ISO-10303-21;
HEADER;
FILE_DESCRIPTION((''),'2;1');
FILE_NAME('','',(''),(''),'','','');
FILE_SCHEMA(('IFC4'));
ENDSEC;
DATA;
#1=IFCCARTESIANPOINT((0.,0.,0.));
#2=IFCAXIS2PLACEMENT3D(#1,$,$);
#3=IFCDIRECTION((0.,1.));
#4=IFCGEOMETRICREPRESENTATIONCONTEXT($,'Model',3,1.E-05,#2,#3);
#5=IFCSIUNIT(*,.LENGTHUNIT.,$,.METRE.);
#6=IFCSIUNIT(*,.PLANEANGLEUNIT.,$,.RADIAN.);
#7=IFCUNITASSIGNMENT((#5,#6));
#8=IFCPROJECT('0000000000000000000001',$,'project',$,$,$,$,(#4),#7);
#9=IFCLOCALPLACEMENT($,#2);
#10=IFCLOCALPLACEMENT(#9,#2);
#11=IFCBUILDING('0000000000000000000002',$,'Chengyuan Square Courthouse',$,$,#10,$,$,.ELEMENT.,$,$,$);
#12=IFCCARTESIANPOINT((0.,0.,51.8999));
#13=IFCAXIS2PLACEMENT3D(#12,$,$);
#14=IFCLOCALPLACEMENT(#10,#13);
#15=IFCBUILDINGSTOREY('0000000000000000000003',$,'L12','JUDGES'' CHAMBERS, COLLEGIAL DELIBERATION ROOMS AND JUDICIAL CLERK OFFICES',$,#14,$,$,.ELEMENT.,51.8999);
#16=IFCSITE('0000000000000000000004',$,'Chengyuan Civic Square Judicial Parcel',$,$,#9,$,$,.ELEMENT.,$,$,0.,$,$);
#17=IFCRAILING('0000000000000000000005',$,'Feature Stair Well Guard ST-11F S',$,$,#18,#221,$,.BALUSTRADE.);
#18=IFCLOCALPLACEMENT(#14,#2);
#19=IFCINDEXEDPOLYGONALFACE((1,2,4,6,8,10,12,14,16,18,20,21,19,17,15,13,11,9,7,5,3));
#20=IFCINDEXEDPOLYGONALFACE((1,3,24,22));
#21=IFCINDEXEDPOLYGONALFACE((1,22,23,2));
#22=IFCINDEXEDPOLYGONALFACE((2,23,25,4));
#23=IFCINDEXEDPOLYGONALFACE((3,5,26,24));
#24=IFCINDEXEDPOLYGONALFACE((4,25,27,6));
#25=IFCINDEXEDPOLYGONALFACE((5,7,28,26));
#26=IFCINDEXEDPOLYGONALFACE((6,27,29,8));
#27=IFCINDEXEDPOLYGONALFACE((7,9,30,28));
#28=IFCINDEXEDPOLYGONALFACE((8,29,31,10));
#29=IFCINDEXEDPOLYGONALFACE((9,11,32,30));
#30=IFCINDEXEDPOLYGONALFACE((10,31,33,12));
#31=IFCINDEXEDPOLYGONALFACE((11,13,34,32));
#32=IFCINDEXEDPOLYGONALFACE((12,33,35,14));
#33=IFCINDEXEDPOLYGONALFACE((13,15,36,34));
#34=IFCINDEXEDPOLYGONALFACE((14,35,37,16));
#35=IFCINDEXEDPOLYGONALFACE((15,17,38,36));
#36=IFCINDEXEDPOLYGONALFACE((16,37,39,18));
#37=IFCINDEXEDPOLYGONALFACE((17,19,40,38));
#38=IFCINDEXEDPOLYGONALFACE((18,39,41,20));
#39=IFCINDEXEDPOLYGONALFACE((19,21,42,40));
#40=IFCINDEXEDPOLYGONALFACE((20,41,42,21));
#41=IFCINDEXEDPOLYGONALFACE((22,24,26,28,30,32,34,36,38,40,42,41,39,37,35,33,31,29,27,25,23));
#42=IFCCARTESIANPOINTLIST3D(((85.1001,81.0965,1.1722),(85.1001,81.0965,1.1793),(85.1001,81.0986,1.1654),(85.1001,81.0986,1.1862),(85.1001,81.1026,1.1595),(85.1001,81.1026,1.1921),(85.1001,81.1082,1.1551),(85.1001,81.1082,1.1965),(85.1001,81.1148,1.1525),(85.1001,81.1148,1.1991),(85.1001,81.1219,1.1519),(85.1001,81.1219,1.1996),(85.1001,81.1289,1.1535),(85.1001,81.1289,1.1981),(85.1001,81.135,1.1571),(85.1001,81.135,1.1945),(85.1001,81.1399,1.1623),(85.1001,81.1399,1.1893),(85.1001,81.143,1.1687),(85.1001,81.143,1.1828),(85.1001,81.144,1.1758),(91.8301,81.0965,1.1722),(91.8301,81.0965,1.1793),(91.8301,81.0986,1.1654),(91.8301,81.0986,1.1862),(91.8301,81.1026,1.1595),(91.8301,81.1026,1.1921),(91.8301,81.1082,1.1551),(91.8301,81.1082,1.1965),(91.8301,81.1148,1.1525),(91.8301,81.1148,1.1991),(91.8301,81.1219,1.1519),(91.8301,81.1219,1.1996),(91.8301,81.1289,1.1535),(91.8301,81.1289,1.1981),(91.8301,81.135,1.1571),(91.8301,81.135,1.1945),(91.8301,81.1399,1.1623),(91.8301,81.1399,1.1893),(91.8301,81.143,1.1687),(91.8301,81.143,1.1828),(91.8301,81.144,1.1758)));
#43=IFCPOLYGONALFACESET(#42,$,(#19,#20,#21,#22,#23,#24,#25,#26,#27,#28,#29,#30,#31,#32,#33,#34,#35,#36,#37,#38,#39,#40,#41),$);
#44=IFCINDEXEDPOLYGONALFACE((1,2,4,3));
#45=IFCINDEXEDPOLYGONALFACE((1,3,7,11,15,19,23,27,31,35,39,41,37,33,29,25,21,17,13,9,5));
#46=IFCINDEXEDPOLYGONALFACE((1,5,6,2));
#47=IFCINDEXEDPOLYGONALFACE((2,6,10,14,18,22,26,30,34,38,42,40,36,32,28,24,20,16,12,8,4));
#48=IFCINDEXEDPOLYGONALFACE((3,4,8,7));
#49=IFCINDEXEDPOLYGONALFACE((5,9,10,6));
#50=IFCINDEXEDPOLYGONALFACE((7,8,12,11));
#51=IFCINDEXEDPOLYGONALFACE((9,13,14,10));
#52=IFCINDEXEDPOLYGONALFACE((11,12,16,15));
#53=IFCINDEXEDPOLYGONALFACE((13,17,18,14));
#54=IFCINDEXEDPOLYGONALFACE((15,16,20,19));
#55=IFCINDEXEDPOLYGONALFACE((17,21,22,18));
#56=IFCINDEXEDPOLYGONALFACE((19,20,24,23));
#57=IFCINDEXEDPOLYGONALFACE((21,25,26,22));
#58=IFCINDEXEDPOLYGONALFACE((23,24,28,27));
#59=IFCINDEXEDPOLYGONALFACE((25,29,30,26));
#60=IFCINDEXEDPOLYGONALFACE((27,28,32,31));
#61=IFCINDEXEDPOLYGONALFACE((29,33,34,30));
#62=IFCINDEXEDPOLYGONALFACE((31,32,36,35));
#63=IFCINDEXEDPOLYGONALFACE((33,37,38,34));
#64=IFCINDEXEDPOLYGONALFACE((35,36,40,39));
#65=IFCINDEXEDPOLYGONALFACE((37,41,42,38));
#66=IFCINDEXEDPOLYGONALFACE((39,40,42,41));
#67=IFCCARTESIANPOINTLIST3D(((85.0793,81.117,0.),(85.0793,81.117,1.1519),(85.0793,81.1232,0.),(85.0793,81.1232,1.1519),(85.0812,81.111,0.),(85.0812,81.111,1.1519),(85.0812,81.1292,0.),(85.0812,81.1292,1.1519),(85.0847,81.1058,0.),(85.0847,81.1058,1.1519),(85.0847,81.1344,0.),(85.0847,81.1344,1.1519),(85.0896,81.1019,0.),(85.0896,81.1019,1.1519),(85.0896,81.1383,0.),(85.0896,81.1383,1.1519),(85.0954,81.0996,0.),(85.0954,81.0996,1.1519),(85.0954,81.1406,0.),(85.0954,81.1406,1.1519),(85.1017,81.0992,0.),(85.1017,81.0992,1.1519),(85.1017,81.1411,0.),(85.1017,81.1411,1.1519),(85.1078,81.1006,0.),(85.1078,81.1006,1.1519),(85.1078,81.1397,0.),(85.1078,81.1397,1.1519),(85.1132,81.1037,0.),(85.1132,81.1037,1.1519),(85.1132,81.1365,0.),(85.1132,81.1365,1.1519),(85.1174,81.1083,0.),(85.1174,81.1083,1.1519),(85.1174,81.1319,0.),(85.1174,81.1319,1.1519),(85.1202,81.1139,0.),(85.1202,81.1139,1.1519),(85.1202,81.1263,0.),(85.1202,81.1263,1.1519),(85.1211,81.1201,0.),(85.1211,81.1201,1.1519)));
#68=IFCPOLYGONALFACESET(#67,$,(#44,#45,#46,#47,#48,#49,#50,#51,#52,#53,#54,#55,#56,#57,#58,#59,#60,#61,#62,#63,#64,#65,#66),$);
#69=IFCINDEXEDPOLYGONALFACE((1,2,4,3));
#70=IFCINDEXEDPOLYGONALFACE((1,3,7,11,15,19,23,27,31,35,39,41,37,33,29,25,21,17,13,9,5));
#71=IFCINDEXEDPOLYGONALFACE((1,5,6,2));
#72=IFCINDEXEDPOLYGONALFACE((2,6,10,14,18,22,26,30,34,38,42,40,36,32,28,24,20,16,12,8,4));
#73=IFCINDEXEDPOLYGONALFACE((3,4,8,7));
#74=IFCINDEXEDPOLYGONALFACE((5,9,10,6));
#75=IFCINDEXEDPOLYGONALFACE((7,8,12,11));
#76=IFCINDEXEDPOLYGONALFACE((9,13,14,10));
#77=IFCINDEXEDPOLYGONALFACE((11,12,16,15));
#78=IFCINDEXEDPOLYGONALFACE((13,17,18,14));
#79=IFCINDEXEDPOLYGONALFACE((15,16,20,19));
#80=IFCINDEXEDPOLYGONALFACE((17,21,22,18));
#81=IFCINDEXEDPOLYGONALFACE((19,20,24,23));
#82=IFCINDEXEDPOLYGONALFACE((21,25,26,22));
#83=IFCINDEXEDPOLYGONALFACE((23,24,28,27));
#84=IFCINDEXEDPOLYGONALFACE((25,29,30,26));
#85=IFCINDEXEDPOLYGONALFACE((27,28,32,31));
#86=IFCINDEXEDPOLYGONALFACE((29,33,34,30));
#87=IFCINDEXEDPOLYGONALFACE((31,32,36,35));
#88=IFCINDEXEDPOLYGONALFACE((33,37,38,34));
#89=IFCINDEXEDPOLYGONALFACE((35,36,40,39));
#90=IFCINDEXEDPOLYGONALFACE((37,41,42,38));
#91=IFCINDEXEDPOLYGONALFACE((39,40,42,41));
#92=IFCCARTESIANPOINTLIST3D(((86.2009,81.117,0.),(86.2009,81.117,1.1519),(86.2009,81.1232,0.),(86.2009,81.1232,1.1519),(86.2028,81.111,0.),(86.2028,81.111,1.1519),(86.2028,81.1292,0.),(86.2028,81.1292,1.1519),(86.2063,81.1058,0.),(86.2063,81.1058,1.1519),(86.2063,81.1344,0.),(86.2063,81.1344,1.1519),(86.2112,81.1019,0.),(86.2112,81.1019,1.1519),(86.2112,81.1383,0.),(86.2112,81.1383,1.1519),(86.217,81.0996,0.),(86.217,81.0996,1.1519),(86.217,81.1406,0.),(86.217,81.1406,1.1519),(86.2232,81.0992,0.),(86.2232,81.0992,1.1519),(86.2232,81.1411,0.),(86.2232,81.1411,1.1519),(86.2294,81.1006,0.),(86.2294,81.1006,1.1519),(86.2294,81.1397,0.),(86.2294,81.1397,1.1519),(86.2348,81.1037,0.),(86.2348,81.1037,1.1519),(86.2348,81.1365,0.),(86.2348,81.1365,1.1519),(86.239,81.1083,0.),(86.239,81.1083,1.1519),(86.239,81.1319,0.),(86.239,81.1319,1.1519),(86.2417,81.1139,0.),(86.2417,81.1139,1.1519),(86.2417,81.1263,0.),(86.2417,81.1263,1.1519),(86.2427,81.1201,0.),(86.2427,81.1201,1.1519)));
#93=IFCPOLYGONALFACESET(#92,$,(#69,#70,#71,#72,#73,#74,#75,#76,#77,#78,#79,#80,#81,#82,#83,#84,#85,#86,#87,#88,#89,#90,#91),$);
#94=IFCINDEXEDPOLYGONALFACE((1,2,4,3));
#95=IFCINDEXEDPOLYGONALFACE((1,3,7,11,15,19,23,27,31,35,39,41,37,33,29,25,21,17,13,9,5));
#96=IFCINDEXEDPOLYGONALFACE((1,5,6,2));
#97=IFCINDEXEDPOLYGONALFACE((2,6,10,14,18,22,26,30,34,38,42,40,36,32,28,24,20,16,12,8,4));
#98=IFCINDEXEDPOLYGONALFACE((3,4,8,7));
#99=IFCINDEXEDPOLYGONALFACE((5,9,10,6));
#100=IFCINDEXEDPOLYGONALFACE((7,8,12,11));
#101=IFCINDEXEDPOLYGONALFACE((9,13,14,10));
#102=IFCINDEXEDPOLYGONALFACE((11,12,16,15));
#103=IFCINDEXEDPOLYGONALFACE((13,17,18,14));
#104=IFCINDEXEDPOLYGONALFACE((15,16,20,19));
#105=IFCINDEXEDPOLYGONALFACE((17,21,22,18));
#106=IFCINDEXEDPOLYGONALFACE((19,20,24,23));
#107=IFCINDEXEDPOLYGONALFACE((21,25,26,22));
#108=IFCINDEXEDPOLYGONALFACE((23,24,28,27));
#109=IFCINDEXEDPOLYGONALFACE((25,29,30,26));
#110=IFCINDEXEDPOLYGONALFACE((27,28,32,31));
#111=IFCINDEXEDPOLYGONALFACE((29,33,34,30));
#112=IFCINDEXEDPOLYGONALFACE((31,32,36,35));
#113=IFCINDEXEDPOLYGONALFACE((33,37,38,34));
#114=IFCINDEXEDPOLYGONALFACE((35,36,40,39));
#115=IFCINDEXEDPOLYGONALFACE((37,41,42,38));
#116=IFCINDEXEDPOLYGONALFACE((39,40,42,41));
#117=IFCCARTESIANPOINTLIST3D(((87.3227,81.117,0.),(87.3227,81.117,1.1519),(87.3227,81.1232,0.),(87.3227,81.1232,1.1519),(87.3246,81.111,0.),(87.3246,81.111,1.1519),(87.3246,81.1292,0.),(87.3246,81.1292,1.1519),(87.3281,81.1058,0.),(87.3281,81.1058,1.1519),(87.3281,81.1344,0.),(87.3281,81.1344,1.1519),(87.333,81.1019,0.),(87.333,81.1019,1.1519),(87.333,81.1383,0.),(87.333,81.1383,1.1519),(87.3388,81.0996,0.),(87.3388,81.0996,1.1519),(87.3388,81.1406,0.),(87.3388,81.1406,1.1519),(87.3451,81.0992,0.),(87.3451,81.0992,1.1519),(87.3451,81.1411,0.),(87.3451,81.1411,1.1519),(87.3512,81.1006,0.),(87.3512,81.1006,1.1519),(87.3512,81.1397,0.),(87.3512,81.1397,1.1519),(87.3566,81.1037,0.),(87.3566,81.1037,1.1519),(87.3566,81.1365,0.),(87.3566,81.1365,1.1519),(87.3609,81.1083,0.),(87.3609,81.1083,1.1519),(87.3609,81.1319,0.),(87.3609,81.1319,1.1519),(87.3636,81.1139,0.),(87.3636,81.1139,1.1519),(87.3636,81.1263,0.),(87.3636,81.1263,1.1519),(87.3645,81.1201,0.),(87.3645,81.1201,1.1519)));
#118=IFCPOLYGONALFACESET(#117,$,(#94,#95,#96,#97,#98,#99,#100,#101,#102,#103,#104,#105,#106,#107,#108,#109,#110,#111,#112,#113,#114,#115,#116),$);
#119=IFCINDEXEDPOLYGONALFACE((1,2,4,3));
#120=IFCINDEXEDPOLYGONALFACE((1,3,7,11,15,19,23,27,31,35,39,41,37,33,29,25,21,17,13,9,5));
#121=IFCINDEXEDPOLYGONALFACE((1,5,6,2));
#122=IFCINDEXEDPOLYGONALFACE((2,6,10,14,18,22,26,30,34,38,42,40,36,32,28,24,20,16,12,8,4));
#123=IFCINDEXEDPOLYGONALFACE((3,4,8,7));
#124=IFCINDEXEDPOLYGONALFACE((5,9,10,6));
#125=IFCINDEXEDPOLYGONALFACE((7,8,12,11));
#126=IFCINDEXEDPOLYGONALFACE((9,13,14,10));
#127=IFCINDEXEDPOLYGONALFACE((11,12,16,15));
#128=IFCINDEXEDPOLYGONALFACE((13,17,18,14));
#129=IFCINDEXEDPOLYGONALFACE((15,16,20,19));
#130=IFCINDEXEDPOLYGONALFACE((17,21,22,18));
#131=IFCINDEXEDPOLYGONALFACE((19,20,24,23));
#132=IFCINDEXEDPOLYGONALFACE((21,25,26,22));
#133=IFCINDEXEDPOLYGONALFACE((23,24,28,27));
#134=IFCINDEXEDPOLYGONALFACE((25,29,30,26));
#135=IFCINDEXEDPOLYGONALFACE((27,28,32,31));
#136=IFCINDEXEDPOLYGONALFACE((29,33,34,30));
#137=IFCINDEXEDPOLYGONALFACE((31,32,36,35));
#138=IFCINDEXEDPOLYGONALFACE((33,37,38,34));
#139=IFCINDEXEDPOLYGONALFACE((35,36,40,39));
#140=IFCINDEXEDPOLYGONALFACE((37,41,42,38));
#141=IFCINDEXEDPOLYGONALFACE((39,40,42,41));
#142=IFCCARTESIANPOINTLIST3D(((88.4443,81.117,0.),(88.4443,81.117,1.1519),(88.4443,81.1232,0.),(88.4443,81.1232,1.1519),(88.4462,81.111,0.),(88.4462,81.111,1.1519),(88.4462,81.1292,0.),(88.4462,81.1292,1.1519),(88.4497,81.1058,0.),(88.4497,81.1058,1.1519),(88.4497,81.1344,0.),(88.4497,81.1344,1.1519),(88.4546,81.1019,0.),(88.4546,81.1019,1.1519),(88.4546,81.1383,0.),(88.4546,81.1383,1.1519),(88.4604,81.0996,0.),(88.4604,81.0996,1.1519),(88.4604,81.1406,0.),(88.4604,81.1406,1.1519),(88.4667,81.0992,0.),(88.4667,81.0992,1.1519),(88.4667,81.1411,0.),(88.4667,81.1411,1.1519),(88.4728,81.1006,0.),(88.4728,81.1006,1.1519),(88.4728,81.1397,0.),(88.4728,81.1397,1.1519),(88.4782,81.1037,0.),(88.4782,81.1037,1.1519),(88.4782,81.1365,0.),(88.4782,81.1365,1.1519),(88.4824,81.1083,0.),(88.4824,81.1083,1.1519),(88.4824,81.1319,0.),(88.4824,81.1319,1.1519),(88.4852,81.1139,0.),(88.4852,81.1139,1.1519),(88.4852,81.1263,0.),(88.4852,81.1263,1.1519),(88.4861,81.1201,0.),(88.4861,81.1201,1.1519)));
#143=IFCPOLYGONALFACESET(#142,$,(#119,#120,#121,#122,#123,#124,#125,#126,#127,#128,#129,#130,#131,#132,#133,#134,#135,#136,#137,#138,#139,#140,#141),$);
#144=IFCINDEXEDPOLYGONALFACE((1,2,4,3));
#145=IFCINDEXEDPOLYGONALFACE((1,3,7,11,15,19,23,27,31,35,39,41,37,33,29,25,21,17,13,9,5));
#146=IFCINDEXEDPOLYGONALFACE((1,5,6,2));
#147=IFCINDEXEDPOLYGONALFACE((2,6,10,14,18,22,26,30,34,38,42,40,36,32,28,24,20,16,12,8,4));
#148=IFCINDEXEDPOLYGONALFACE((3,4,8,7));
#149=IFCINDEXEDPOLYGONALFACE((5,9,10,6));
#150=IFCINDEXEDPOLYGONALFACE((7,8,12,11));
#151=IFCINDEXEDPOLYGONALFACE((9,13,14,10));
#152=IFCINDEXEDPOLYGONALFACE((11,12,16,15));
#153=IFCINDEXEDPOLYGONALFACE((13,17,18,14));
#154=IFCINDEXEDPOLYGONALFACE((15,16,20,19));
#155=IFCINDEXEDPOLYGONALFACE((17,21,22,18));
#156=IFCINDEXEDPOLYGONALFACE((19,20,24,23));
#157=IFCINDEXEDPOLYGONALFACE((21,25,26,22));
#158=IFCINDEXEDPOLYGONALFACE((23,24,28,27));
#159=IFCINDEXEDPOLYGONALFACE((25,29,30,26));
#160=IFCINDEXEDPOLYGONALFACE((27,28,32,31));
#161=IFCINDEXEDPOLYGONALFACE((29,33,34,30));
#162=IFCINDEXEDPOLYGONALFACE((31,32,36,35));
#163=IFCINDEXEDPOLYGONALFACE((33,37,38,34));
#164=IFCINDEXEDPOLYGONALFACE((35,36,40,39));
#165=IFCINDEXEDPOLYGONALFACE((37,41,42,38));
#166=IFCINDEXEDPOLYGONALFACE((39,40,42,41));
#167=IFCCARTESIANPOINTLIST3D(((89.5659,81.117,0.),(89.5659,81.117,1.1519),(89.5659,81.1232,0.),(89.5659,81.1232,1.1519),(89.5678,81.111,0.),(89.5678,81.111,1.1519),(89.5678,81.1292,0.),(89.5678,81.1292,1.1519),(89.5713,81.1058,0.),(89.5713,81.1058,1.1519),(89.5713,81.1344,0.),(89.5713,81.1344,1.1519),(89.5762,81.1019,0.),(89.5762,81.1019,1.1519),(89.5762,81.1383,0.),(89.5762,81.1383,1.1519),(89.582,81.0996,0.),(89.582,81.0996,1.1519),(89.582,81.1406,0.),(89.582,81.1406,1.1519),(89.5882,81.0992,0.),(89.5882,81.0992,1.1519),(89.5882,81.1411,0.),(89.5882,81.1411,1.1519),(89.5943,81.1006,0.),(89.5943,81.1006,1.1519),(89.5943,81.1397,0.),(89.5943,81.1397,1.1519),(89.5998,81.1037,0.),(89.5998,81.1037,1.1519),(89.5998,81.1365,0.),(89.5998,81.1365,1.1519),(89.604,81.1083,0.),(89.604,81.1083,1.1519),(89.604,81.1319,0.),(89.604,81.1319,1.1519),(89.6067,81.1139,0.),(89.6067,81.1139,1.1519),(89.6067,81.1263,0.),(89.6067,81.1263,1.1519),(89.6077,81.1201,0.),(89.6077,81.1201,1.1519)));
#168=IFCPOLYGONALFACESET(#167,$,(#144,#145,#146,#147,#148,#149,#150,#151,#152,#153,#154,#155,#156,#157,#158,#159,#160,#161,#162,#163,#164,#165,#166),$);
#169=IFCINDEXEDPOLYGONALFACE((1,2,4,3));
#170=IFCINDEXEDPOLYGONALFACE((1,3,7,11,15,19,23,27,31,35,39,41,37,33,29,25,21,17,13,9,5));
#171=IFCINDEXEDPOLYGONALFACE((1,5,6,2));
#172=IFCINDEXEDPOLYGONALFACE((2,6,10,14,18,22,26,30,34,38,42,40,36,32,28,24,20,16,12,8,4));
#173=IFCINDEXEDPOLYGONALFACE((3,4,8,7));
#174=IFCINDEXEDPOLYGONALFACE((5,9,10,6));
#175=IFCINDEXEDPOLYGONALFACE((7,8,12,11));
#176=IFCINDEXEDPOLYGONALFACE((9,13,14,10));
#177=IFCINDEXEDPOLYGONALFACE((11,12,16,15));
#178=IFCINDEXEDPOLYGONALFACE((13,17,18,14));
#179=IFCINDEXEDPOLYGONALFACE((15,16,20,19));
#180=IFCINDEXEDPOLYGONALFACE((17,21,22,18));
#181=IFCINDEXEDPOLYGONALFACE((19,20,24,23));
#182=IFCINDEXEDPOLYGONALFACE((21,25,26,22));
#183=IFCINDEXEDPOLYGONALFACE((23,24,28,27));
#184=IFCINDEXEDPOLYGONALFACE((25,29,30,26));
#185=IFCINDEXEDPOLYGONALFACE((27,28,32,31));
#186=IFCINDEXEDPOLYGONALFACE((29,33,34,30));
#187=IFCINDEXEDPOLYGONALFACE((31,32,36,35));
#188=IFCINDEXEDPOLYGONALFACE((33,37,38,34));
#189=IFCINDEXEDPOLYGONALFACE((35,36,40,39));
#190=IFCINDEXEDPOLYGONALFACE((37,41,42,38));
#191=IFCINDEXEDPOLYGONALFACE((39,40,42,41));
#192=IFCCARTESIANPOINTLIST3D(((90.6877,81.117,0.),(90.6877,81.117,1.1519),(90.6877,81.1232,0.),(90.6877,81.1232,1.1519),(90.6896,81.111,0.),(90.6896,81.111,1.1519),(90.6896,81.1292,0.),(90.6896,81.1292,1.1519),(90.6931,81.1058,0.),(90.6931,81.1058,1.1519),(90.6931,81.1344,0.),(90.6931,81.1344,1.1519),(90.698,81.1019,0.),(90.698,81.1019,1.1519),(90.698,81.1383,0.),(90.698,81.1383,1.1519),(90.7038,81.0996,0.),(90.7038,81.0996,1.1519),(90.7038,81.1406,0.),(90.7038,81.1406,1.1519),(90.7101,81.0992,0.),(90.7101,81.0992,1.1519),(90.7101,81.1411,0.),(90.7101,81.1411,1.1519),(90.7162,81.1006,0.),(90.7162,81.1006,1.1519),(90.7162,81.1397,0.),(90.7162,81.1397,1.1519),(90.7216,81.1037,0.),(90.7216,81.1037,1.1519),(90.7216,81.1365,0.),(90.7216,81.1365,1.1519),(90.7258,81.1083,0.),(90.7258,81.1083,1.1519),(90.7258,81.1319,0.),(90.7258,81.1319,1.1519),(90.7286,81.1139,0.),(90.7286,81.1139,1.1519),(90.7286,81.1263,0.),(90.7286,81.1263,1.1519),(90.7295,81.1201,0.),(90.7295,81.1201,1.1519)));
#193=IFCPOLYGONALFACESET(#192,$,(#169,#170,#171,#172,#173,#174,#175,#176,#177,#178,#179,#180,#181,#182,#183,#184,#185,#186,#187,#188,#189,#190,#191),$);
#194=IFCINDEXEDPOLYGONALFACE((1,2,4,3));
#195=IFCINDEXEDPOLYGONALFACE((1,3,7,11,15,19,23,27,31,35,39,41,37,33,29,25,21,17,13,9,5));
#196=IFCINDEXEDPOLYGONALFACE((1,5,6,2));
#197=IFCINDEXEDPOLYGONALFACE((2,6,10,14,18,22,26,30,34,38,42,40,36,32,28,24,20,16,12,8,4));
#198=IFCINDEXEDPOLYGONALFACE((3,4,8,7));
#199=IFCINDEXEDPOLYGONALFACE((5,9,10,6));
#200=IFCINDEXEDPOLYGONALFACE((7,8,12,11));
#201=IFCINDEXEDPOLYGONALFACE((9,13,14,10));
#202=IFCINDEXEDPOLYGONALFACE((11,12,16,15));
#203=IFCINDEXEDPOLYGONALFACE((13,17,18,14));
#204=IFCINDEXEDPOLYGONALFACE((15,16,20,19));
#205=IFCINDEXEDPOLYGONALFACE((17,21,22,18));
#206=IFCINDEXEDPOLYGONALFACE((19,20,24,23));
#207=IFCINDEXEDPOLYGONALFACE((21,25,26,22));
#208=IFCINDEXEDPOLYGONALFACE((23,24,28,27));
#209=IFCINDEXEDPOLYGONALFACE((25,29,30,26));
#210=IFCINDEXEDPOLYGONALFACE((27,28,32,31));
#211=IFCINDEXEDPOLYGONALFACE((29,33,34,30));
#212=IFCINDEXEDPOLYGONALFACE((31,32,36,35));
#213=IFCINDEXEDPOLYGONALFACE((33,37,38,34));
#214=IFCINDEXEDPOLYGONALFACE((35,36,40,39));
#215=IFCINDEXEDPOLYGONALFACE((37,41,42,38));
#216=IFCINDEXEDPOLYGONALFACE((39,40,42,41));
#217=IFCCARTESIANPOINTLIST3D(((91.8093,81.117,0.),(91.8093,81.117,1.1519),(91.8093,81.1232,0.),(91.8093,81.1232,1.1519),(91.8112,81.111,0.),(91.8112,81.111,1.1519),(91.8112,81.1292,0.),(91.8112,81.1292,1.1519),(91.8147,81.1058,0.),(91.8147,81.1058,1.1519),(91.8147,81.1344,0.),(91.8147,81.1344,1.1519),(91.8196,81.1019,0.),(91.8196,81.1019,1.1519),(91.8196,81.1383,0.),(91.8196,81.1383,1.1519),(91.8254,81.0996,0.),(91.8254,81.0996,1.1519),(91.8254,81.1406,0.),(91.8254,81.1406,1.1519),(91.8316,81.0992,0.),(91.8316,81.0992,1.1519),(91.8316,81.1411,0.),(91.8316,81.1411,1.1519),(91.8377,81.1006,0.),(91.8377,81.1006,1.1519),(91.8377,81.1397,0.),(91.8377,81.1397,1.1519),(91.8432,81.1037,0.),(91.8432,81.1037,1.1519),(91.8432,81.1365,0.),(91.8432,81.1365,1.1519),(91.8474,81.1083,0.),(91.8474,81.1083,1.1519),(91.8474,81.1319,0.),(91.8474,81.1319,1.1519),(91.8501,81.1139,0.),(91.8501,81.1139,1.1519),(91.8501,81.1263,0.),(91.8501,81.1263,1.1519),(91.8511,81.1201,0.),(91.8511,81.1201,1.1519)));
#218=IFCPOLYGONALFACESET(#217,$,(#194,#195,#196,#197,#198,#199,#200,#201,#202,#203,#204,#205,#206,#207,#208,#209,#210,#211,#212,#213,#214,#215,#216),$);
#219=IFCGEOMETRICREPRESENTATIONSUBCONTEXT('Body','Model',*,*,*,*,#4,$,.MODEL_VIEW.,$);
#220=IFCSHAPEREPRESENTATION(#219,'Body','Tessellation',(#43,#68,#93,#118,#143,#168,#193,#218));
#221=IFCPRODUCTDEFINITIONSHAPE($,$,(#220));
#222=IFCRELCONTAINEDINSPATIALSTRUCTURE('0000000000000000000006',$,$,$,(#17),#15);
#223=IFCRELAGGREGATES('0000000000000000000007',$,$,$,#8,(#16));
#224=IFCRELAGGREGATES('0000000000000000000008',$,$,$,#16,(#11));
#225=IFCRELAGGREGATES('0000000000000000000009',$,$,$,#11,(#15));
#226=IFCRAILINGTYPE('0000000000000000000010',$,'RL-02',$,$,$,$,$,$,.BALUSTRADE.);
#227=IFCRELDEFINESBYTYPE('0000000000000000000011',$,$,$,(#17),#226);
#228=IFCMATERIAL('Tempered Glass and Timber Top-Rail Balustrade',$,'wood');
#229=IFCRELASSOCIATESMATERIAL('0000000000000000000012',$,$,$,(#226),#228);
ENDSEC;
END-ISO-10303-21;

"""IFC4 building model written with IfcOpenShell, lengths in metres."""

from ifc_helpers import new_model, si_unit, direction, frame, origin, origin_2d, place, context, subcontext, project, spatial, circle, extrude, material, type_object, element, save


model = new_model("IFC4")

# Units and contexts
model_context = context("Model", 3, precision=1e-05, world=origin(), true_north=direction((0.0, 1.0)))
body_context = subcontext(model_context, "Body", "Model", "MODEL_VIEW")
ifc_project = project(units=[si_unit("LENGTHUNIT", "METRE"), si_unit("PLANEANGLEUNIT", "RADIAN")], contexts=[model_context])

# Site, building, storey
site_placement = place(None, origin())
site = spatial("IfcSite", under=ifc_project, at=site_placement, Name="Chengyuan Civic Square Judicial Parcel", CompositionType="ELEMENT", RefElevation=0.0)
building_placement = place(site_placement, origin())
building = spatial("IfcBuilding", under=site, at=building_placement, Name="Chengyuan Square Courthouse", CompositionType="ELEMENT")
storey_placement = place(building_placement, frame((0.0, 0.0, 51.8999)))
storey = spatial("IfcBuildingStorey", under=building, at=storey_placement, Name="L12", Description="JUDGES' CHAMBERS, COLLEGIAL DELIBERATION ROOMS AND JUDICIAL CLERK OFFICES", CompositionType="ELEMENT", Elevation=51.8999)

# Railing
ifc_material_1 = material(Name="Tempered Glass and Timber Top-Rail Balustrade", Category="wood")
railing_type = type_object("IfcRailingType", Name="RL-02", PredefinedType="BALUSTRADE", material=ifc_material_1)
railing_placement = place(storey_placement, frame((85.1001, 81.1201, 0.0)))
element("IfcRailing", 1, at=railing_placement, inside=storey, type_object=railing_type, Name="Feature Stair Well Guard ST-11F S", PredefinedType="BALUSTRADE", context=body_context, shape_type="SweptSolid", body=[
    extrude(circle(Radius=0.0239, at=origin_2d()), frame((0.0, 0.0, 1.1758), z_axis=(1.0, 0.0, 0.0), x_axis=(0.0, 1.0, 0.0)), (0.0, 0.0, 1.0), 6.73),
    extrude(circle(Radius=0.021, at=origin_2d()), origin(), (0.0, 0.0, 1.0), 1.1519),
    extrude(circle(Radius=0.021, at=origin_2d()), frame((1.1216, 0.0, 0.0)), (0.0, 0.0, 1.0), 1.1519),
    extrude(circle(Radius=0.021, at=origin_2d()), frame((2.2434, 0.0, 0.0)), (0.0, 0.0, 1.0), 1.1519),
    extrude(circle(Radius=0.021, at=origin_2d()), frame((3.365, 0.0, 0.0)), (0.0, 0.0, 1.0), 1.1519),
    extrude(circle(Radius=0.021, at=origin_2d()), frame((4.4866, 0.0, 0.0)), (0.0, 0.0, 1.0), 1.1519),
    extrude(circle(Radius=0.021, at=origin_2d()), frame((5.6084, 0.0, 0.0)), (0.0, 0.0, 1.0), 1.1519),
    extrude(circle(Radius=0.021, at=origin_2d()), frame((6.73, 0.0, 0.0)), (0.0, 0.0, 1.0), 1.1519),
])

save(model, "model.ifc")
